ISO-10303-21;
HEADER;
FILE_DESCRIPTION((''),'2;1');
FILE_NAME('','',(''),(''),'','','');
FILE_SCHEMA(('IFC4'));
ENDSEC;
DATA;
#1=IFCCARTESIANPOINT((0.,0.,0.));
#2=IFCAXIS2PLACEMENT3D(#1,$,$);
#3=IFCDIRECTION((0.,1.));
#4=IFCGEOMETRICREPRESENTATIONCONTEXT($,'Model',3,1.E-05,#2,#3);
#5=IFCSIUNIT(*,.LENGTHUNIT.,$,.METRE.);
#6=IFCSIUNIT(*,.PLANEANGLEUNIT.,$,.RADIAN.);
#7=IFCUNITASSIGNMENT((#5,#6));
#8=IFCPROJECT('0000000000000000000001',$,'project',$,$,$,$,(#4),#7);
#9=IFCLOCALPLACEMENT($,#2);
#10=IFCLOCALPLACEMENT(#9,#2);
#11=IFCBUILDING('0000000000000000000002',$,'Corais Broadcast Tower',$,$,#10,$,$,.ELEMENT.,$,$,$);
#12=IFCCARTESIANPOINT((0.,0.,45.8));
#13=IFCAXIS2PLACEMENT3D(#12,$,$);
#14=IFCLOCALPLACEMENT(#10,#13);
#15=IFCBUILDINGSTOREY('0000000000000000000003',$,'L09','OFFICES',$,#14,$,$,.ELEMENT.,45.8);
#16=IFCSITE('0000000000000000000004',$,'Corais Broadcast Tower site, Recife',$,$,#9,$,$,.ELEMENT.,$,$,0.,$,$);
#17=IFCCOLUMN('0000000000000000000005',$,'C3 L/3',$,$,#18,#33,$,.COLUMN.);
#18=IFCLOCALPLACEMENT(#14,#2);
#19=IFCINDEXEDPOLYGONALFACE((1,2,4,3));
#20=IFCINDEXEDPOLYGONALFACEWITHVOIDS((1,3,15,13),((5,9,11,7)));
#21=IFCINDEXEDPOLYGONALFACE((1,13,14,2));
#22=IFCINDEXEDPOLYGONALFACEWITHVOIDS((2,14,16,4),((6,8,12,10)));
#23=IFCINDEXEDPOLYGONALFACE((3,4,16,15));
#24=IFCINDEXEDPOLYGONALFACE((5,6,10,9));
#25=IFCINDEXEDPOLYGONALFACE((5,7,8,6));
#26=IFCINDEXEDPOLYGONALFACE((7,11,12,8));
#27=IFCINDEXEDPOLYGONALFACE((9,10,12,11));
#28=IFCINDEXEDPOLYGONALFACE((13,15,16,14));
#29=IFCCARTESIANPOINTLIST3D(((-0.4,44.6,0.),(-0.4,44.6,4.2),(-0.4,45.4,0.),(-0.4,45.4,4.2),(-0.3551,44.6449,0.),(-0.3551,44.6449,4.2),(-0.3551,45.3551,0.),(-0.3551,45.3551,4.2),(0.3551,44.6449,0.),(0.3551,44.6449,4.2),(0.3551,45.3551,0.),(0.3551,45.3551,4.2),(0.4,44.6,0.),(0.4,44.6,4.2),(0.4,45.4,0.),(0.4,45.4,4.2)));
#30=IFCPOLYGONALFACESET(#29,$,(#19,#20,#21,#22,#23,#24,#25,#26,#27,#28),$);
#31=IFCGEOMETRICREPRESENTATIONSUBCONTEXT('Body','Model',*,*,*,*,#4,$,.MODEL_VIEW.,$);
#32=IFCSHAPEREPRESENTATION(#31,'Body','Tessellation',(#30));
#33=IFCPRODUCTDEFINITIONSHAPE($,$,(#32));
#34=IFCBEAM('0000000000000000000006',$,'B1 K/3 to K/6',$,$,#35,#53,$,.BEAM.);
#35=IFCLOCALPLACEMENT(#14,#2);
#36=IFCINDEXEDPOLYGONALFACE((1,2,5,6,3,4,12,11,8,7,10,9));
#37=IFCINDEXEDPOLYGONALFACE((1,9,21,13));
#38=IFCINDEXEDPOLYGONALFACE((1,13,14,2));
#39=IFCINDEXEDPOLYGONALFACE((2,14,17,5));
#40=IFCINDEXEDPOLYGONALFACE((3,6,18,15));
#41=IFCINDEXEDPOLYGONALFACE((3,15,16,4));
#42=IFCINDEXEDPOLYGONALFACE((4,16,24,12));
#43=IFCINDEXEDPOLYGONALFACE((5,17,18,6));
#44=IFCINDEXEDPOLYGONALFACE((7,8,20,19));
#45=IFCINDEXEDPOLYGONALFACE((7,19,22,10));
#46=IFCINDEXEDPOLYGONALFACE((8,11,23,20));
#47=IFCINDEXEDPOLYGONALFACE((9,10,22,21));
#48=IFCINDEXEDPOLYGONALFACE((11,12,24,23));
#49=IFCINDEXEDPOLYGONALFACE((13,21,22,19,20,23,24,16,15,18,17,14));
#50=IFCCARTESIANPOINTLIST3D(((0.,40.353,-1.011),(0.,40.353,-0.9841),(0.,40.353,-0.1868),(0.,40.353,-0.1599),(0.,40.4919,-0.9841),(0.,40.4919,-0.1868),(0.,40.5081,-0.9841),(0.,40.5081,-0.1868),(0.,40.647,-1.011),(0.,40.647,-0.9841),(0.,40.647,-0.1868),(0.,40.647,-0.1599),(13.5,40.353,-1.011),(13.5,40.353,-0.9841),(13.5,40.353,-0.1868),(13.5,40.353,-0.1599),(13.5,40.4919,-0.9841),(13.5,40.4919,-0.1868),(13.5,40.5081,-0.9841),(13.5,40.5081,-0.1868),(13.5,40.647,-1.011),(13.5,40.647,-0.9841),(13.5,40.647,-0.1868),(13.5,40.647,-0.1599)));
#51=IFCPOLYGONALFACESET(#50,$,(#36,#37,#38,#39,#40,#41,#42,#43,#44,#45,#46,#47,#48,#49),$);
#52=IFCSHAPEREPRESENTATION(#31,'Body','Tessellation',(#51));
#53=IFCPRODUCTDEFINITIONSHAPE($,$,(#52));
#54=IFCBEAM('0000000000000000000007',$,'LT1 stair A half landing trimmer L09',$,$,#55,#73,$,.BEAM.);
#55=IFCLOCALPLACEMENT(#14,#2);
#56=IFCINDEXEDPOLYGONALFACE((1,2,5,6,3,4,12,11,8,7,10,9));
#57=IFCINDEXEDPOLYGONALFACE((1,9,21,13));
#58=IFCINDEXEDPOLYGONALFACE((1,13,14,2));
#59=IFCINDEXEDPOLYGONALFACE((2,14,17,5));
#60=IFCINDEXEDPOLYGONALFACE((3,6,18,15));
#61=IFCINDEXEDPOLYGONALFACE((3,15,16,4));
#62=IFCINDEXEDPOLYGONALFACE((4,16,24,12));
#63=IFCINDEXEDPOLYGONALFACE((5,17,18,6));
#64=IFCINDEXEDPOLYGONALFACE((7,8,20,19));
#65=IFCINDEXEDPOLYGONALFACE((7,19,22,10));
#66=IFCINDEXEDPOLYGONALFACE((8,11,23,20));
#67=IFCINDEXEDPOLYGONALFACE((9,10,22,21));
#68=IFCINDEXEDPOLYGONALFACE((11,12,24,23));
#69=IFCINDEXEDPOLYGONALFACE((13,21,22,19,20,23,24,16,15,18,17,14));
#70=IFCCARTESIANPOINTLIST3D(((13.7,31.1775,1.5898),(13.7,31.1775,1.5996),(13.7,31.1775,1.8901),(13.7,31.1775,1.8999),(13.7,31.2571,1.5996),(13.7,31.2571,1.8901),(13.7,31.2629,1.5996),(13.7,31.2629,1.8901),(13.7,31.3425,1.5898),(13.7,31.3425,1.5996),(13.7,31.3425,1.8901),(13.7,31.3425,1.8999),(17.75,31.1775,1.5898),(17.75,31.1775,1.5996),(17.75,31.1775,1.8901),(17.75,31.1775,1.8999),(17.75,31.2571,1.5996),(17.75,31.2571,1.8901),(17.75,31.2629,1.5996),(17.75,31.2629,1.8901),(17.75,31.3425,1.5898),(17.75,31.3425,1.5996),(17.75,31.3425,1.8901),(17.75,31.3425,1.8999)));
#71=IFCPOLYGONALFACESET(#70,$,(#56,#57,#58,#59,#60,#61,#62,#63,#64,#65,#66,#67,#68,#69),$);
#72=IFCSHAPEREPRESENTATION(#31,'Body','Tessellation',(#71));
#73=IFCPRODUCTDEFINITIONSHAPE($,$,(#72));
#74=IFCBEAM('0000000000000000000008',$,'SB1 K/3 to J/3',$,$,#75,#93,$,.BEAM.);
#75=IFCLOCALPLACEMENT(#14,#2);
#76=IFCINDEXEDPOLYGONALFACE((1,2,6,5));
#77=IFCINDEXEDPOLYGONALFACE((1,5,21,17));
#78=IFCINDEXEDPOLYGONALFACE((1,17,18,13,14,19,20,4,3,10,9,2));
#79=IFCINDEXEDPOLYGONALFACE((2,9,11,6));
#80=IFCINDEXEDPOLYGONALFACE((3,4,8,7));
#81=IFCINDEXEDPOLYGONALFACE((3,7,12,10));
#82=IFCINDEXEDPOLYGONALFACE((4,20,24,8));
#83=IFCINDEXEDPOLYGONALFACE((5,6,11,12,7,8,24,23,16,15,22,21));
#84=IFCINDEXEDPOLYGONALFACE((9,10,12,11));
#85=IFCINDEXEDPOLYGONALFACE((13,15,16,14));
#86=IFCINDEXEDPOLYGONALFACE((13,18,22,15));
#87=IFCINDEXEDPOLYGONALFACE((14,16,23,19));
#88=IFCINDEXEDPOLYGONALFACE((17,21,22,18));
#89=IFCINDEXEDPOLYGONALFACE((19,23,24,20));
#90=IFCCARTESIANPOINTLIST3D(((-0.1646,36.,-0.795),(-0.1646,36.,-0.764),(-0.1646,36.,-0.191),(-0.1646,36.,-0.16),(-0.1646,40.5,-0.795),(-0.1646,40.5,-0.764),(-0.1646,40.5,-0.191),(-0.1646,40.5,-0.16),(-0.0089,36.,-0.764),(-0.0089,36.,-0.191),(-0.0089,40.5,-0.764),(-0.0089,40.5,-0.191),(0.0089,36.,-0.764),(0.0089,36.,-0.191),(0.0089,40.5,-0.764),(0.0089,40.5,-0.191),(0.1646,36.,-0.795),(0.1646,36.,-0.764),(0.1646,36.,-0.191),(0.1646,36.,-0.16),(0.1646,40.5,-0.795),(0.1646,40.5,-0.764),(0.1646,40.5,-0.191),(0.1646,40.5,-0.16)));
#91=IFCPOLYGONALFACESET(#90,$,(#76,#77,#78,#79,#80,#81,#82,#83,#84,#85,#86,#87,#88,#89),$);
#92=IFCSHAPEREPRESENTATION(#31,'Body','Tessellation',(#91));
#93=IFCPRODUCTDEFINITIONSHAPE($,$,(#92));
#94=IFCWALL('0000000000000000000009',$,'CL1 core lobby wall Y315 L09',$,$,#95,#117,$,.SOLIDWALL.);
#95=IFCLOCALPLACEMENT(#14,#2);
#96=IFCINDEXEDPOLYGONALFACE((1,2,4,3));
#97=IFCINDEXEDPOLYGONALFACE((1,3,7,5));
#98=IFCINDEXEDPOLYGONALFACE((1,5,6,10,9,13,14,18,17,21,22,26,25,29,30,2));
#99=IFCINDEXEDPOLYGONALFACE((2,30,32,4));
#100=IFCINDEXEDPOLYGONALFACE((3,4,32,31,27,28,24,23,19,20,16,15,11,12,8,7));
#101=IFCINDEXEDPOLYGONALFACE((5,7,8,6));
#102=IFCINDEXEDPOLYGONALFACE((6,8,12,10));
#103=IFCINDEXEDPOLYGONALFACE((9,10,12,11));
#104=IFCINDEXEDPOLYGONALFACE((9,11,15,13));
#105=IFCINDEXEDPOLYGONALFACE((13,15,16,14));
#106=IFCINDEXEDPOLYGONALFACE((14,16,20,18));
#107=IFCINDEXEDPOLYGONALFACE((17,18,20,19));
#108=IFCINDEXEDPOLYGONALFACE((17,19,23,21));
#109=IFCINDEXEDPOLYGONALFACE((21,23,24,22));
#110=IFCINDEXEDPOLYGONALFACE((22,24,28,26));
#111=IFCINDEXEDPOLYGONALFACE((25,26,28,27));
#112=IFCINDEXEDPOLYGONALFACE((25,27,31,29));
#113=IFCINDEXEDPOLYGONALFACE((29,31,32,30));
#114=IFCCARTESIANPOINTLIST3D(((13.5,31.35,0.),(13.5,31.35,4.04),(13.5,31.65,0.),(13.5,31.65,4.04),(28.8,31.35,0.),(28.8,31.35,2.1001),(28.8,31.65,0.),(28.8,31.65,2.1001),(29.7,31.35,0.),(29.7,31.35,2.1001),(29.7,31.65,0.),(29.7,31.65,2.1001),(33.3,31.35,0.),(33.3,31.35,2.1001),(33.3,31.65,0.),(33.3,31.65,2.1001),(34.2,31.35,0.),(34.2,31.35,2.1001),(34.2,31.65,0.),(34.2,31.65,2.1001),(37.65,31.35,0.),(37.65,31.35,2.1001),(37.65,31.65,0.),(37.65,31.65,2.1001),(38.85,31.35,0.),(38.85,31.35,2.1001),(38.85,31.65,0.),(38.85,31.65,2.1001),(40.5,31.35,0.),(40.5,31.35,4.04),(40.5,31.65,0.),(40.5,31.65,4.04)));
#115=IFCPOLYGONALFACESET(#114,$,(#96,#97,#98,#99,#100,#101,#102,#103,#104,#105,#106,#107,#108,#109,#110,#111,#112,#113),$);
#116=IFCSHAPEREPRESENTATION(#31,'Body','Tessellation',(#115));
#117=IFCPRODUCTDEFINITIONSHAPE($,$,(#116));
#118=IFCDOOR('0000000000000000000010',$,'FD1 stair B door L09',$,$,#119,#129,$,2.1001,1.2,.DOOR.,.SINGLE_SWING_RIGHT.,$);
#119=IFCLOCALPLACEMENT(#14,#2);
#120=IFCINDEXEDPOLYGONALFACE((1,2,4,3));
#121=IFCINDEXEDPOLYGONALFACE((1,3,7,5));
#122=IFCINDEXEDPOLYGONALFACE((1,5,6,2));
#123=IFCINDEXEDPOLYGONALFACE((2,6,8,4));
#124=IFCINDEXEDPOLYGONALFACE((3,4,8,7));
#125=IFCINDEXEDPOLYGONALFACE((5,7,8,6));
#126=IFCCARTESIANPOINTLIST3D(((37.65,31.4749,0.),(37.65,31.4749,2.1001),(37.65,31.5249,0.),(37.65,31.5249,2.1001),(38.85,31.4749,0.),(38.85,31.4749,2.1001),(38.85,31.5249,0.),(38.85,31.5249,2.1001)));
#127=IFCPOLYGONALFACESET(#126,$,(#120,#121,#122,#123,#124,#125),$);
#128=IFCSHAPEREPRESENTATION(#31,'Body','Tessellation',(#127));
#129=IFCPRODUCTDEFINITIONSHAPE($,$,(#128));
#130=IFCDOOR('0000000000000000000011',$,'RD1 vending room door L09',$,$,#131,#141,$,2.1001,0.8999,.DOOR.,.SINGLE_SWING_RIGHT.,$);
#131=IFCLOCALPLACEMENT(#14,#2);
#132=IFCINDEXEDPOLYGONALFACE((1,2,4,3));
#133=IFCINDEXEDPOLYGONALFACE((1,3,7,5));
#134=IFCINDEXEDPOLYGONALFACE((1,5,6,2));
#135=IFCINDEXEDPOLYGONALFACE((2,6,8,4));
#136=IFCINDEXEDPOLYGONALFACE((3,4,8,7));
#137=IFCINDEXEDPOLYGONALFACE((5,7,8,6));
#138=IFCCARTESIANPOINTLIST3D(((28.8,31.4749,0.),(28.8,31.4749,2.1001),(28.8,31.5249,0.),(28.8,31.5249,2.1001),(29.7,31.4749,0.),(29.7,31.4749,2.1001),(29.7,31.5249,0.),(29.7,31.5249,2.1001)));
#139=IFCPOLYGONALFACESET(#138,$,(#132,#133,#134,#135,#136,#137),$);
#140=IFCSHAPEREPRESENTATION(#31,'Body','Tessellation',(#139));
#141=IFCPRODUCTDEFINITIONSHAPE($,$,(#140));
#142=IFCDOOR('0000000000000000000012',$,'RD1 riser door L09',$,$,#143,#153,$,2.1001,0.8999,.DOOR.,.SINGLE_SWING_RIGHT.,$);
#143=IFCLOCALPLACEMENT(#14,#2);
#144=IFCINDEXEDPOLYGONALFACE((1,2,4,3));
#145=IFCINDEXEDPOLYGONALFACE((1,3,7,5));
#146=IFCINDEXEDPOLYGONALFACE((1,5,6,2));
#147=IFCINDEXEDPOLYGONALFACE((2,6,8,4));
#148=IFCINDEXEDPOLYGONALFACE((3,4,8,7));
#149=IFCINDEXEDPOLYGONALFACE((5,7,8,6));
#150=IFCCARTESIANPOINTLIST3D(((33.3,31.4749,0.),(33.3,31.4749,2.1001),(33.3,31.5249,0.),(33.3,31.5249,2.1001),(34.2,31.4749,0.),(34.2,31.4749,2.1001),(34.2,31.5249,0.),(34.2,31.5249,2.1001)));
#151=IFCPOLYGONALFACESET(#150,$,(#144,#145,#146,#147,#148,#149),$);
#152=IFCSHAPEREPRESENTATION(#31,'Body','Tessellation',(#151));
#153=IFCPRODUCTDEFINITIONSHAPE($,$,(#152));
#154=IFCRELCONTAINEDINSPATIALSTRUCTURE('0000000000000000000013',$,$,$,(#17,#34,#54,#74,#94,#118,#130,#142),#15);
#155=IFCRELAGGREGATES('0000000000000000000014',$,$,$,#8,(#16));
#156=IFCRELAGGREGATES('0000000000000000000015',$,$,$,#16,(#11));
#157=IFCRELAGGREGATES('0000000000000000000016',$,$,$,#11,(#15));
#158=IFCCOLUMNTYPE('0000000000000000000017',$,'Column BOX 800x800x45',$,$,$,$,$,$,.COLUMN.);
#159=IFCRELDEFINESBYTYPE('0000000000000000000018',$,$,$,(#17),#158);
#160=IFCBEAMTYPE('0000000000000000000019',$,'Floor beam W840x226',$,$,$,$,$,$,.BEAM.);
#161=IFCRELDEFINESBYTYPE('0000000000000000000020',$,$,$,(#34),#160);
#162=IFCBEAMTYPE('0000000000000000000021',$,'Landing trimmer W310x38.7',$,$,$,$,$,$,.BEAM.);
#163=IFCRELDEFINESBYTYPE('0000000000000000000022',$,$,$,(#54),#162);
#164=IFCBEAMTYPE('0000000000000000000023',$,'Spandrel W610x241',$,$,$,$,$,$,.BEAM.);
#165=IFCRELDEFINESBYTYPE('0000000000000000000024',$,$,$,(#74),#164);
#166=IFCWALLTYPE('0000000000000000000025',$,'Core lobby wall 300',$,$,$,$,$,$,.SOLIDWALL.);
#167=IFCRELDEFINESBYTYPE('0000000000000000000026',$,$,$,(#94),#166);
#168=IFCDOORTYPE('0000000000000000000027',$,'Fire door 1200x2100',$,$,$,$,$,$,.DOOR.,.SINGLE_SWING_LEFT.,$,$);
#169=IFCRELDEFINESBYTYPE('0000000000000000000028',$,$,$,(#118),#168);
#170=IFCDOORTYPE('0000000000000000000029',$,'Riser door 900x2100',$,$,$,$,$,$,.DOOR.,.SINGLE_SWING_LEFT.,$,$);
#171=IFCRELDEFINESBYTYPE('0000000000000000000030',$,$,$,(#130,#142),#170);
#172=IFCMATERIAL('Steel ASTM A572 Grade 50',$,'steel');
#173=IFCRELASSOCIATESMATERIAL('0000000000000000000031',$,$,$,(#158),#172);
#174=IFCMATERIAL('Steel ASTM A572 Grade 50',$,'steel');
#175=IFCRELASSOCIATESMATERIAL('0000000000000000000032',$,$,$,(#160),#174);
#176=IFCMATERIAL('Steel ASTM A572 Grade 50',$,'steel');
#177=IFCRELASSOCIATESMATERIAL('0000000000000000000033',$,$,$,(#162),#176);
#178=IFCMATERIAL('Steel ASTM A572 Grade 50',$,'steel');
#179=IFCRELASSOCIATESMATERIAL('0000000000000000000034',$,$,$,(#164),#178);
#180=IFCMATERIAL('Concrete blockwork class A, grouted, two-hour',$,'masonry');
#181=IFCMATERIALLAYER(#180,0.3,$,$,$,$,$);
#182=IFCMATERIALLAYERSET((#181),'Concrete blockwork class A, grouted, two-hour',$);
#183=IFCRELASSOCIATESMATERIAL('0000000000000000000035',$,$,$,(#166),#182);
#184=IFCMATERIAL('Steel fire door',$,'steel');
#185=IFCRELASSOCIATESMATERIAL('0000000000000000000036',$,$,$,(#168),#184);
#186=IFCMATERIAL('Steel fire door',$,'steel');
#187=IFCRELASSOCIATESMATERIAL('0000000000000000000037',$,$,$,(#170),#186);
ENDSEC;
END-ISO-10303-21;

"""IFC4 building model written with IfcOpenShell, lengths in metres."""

from ifc_helpers import new_model, si_unit, direction, frame, frame_2d, origin, origin_2d, place, context, subcontext, project, spatial, rectangle, hollow_rectangle, i_section, extrude, material, layer, layer_set, material_profile, profile_set, type_object, element, fill, save


model = new_model("IFC4")

# Units and contexts
model_context = context("Model", 3, precision=1e-05, world=origin(), true_north=direction((0.0, 1.0)))
body_context = subcontext(model_context, "Body", "Model", "MODEL_VIEW")
ifc_project = project(units=[si_unit("LENGTHUNIT", "METRE"), si_unit("PLANEANGLEUNIT", "RADIAN")], contexts=[model_context])

# Site, building, storey
site_placement = place(None, origin())
site = spatial("IfcSite", under=ifc_project, at=site_placement, Name="Corais Broadcast Tower site, Recife", CompositionType="ELEMENT", RefElevation=0.0)
building_placement = place(site_placement, origin())
building = spatial("IfcBuilding", under=site, at=building_placement, Name="Corais Broadcast Tower", CompositionType="ELEMENT")
storey_placement = place(building_placement, frame((0.0, 0.0, 45.8)))
storey = spatial("IfcBuildingStorey", under=building, at=storey_placement, Name="L09", Description="OFFICES", CompositionType="ELEMENT", Elevation=45.8)

# Column
ifc_material_1 = material(Name="Steel ASTM A572 Grade 50", Category="steel")
ifc_material_profile_1 = material_profile(ifc_material_1, hollow_rectangle(XDim=0.8, YDim=0.8, WallThickness=0.0449, at=origin_2d()), Name="BOX 800x800x45")
ifc_profile_set_1 = profile_set([ifc_material_profile_1], Name="Steel ASTM A572 Grade 50")
column_type = type_object("IfcColumnType", Name="Column BOX 800x800x45", PredefinedType="COLUMN", material=ifc_profile_set_1)
column_placement = place(storey_placement, frame((0.0, 45.0, 0.0), z_axis=(0.0, 0.0, 1.0), x_axis=(1.0, 0.0, 0.0)))
element("IfcColumn", 1, at=column_placement, inside=storey, type_object=column_type, Name="C3 L/3", PredefinedType="COLUMN", context=body_context, shape_type="SweptSolid", body=[
    extrude(hollow_rectangle(XDim=0.8, YDim=0.8, WallThickness=0.0449, at=origin_2d()), origin(), (0.0, 0.0, 1.0), 4.2),
])

# Beams
ifc_material_2 = material(Name="Steel ASTM A572 Grade 50", Category="steel")
ifc_material_profile_2 = material_profile(ifc_material_2, i_section(OverallWidth=0.2939, OverallDepth=0.8511, WebThickness=0.0161, FlangeThickness=0.0269, at=origin_2d()), Name="W840x226")
ifc_profile_set_2 = profile_set([ifc_material_profile_2], Name="Steel ASTM A572 Grade 50")
beam_type_1 = type_object("IfcBeamType", Name="Floor beam W840x226", PredefinedType="BEAM", material=ifc_profile_set_2)
beam_1_placement = place(storey_placement, frame((0.0, 40.5, -0.5854), z_axis=(1.0, 0.0, 0.0), x_axis=(0.0, 1.0, 0.0)))
element("IfcBeam", 2, at=beam_1_placement, inside=storey, type_object=beam_type_1, Name="B1 K/3 to K/6", PredefinedType="BEAM", context=body_context, shape_type="SweptSolid", body=[
    extrude(i_section(OverallWidth=0.2939, OverallDepth=0.8511, WebThickness=0.0161, FlangeThickness=0.0269, at=origin_2d()), origin(), (0.0, 0.0, 1.0), 13.5),
])
ifc_material_3 = material(Name="Steel ASTM A572 Grade 50", Category="steel")
ifc_material_profile_3 = material_profile(ifc_material_3, i_section(OverallWidth=0.165, OverallDepth=0.3101, WebThickness=0.0059, FlangeThickness=0.0098, at=origin_2d()), Name="W310x38.7")
ifc_profile_set_3 = profile_set([ifc_material_profile_3], Name="Steel ASTM A572 Grade 50")
beam_type_2 = type_object("IfcBeamType", Name="Landing trimmer W310x38.7", PredefinedType="BEAM", material=ifc_profile_set_3)
beam_2_placement = place(storey_placement, frame((13.7, 31.26, 1.7449), z_axis=(1.0, 0.0, 0.0), x_axis=(0.0, 1.0, 0.0)))
element("IfcBeam", 3, at=beam_2_placement, inside=storey, type_object=beam_type_2, Name="LT1 stair A half landing trimmer L09", PredefinedType="BEAM", context=body_context, shape_type="SweptSolid", body=[
    extrude(i_section(OverallWidth=0.165, OverallDepth=0.3101, WebThickness=0.0059, FlangeThickness=0.0098, at=origin_2d()), origin(), (0.0, 0.0, 1.0), 4.05),
])
ifc_material_4 = material(Name="Steel ASTM A572 Grade 50", Category="steel")
ifc_material_profile_4 = material_profile(ifc_material_4, i_section(OverallWidth=0.3291, OverallDepth=0.635, WebThickness=0.0178, FlangeThickness=0.031, at=origin_2d()), Name="W610x241")
ifc_profile_set_4 = profile_set([ifc_material_profile_4], Name="Steel ASTM A572 Grade 50")
beam_type_3 = type_object("IfcBeamType", Name="Spandrel W610x241", PredefinedType="BEAM", material=ifc_profile_set_4)
beam_3_placement = place(storey_placement, frame((0.0, 40.5, -0.4775), z_axis=(0.0, -1.0, 0.0), x_axis=(1.0, 0.0, 0.0)))
element("IfcBeam", 4, at=beam_3_placement, inside=storey, type_object=beam_type_3, Name="SB1 K/3 to J/3", PredefinedType="BEAM", context=body_context, shape_type="SweptSolid", body=[
    extrude(i_section(OverallWidth=0.3291, OverallDepth=0.635, WebThickness=0.0178, FlangeThickness=0.031, at=origin_2d()), origin(), (0.0, 0.0, 1.0), 4.5),
])

# Wall, openings, doors
ifc_material_5 = material(Name="Concrete blockwork class A, grouted, two-hour", Category="masonry")
ifc_layer_1 = layer(ifc_material_5, 0.3)
ifc_layer_set_1 = layer_set([ifc_layer_1], Name="Concrete blockwork class A, grouted, two-hour")
wall_type_1 = type_object("IfcWallType", Name="Core lobby wall 300", PredefinedType="SOLIDWALL", material=ifc_layer_set_1)
wall_1_placement = place(storey_placement, frame((13.5, 31.5, 0.0), z_axis=(0.0, 0.0, 1.0), x_axis=(1.0, 0.0, 0.0)))
wall_1 = element("IfcWall", 5, at=wall_1_placement, inside=storey, type_object=wall_type_1, Name="CL1 core lobby wall Y315 L09", PredefinedType="SOLIDWALL", context=body_context, shape_type="SweptSolid", body=[
    extrude(rectangle(XDim=27.0, YDim=0.3, at=frame_2d((13.5, 0.0))), origin(), (0.0, 0.0, 1.0), 4.04),
])
opening_1_placement = place(wall_1_placement, frame((24.1499, 0.0, 0.0)))
opening_1 = element("IfcOpeningElement", 6, at=opening_1_placement, cuts=wall_1, PredefinedType="OPENING", context=body_context, shape_type="SweptSolid", body=[
    extrude(rectangle(XDim=1.2, YDim=2.1001, at=frame_2d((0.6001, 1.05))), frame((0.0, 0.1599, 0.0), z_axis=(0.0, -1.0, 0.0), x_axis=(1.0, 0.0, 0.0)), (0.0, 0.0, 1.0), 0.3201),
])
opening_2_placement = place(wall_1_placement, frame((15.3, 0.0, 0.0)))
opening_2 = element("IfcOpeningElement", 7, at=opening_2_placement, cuts=wall_1, PredefinedType="OPENING", context=body_context, shape_type="SweptSolid", body=[
    extrude(rectangle(XDim=0.8999, YDim=2.1001, at=frame_2d((0.45, 1.05))), frame((0.0, 0.1599, 0.0), z_axis=(0.0, -1.0, 0.0), x_axis=(1.0, 0.0, 0.0)), (0.0, 0.0, 1.0), 0.3201),
])
opening_3_placement = place(wall_1_placement, frame((19.8, 0.0, 0.0)))
opening_3 = element("IfcOpeningElement", 8, at=opening_3_placement, cuts=wall_1, PredefinedType="OPENING", context=body_context, shape_type="SweptSolid", body=[
    extrude(rectangle(XDim=0.8999, YDim=2.1001, at=frame_2d((0.45, 1.05))), frame((0.0, 0.1599, 0.0), z_axis=(0.0, -1.0, 0.0), x_axis=(1.0, 0.0, 0.0)), (0.0, 0.0, 1.0), 0.3201),
])
ifc_material_6 = material(Name="Steel fire door", Category="steel")
door_type_1 = type_object("IfcDoorType", Name="Fire door 1200x2100", OperationType="SINGLE_SWING_LEFT", PredefinedType="DOOR", material=ifc_material_6)
door_1_placement = place(opening_1_placement, origin())
door_1 = element("IfcDoor", 9, at=door_1_placement, inside=storey, type_object=door_type_1, Name="FD1 stair B door L09", OperationType="SINGLE_SWING_RIGHT", OverallHeight=2.1001, OverallWidth=1.2, PredefinedType="DOOR", context=body_context, shape_type="SweptSolid", body=[
    extrude(rectangle(XDim=1.2, YDim=2.1001, at=frame_2d((0.6001, 1.05))), frame((0.0, 0.0249, 0.0), z_axis=(0.0, -1.0, 0.0), x_axis=(1.0, 0.0, 0.0)), (0.0, 0.0, 1.0), 0.05),
])
fill(opening_1, door_1)
ifc_material_7 = material(Name="Steel fire door", Category="steel")
door_type_2 = type_object("IfcDoorType", Name="Riser door 900x2100", OperationType="SINGLE_SWING_LEFT", PredefinedType="DOOR", material=ifc_material_7)
door_2_placement = place(opening_2_placement, origin())
door_2 = element("IfcDoor", 10, at=door_2_placement, inside=storey, type_object=door_type_2, Name="RD1 vending room door L09", OperationType="SINGLE_SWING_RIGHT", OverallHeight=2.1001, OverallWidth=0.8999, PredefinedType="DOOR", context=body_context, shape_type="SweptSolid", body=[
    extrude(rectangle(XDim=0.8999, YDim=2.1001, at=frame_2d((0.45, 1.05))), frame((0.0, 0.0249, 0.0), z_axis=(0.0, -1.0, 0.0), x_axis=(1.0, 0.0, 0.0)), (0.0, 0.0, 1.0), 0.05),
])
fill(opening_2, door_2)
door_3_placement = place(opening_3_placement, origin())
door_3 = element("IfcDoor", 11, at=door_3_placement, inside=storey, type_object=door_type_2, Name="RD1 riser door L09", OperationType="SINGLE_SWING_RIGHT", OverallHeight=2.1001, OverallWidth=0.8999, PredefinedType="DOOR", context=body_context, shape_type="SweptSolid", body=[
    extrude(rectangle(XDim=0.8999, YDim=2.1001, at=frame_2d((0.45, 1.05))), frame((0.0, 0.0249, 0.0), z_axis=(0.0, -1.0, 0.0), x_axis=(1.0, 0.0, 0.0)), (0.0, 0.0, 1.0), 0.05),
])
fill(opening_3, door_3)

save(model, "model.ifc")
